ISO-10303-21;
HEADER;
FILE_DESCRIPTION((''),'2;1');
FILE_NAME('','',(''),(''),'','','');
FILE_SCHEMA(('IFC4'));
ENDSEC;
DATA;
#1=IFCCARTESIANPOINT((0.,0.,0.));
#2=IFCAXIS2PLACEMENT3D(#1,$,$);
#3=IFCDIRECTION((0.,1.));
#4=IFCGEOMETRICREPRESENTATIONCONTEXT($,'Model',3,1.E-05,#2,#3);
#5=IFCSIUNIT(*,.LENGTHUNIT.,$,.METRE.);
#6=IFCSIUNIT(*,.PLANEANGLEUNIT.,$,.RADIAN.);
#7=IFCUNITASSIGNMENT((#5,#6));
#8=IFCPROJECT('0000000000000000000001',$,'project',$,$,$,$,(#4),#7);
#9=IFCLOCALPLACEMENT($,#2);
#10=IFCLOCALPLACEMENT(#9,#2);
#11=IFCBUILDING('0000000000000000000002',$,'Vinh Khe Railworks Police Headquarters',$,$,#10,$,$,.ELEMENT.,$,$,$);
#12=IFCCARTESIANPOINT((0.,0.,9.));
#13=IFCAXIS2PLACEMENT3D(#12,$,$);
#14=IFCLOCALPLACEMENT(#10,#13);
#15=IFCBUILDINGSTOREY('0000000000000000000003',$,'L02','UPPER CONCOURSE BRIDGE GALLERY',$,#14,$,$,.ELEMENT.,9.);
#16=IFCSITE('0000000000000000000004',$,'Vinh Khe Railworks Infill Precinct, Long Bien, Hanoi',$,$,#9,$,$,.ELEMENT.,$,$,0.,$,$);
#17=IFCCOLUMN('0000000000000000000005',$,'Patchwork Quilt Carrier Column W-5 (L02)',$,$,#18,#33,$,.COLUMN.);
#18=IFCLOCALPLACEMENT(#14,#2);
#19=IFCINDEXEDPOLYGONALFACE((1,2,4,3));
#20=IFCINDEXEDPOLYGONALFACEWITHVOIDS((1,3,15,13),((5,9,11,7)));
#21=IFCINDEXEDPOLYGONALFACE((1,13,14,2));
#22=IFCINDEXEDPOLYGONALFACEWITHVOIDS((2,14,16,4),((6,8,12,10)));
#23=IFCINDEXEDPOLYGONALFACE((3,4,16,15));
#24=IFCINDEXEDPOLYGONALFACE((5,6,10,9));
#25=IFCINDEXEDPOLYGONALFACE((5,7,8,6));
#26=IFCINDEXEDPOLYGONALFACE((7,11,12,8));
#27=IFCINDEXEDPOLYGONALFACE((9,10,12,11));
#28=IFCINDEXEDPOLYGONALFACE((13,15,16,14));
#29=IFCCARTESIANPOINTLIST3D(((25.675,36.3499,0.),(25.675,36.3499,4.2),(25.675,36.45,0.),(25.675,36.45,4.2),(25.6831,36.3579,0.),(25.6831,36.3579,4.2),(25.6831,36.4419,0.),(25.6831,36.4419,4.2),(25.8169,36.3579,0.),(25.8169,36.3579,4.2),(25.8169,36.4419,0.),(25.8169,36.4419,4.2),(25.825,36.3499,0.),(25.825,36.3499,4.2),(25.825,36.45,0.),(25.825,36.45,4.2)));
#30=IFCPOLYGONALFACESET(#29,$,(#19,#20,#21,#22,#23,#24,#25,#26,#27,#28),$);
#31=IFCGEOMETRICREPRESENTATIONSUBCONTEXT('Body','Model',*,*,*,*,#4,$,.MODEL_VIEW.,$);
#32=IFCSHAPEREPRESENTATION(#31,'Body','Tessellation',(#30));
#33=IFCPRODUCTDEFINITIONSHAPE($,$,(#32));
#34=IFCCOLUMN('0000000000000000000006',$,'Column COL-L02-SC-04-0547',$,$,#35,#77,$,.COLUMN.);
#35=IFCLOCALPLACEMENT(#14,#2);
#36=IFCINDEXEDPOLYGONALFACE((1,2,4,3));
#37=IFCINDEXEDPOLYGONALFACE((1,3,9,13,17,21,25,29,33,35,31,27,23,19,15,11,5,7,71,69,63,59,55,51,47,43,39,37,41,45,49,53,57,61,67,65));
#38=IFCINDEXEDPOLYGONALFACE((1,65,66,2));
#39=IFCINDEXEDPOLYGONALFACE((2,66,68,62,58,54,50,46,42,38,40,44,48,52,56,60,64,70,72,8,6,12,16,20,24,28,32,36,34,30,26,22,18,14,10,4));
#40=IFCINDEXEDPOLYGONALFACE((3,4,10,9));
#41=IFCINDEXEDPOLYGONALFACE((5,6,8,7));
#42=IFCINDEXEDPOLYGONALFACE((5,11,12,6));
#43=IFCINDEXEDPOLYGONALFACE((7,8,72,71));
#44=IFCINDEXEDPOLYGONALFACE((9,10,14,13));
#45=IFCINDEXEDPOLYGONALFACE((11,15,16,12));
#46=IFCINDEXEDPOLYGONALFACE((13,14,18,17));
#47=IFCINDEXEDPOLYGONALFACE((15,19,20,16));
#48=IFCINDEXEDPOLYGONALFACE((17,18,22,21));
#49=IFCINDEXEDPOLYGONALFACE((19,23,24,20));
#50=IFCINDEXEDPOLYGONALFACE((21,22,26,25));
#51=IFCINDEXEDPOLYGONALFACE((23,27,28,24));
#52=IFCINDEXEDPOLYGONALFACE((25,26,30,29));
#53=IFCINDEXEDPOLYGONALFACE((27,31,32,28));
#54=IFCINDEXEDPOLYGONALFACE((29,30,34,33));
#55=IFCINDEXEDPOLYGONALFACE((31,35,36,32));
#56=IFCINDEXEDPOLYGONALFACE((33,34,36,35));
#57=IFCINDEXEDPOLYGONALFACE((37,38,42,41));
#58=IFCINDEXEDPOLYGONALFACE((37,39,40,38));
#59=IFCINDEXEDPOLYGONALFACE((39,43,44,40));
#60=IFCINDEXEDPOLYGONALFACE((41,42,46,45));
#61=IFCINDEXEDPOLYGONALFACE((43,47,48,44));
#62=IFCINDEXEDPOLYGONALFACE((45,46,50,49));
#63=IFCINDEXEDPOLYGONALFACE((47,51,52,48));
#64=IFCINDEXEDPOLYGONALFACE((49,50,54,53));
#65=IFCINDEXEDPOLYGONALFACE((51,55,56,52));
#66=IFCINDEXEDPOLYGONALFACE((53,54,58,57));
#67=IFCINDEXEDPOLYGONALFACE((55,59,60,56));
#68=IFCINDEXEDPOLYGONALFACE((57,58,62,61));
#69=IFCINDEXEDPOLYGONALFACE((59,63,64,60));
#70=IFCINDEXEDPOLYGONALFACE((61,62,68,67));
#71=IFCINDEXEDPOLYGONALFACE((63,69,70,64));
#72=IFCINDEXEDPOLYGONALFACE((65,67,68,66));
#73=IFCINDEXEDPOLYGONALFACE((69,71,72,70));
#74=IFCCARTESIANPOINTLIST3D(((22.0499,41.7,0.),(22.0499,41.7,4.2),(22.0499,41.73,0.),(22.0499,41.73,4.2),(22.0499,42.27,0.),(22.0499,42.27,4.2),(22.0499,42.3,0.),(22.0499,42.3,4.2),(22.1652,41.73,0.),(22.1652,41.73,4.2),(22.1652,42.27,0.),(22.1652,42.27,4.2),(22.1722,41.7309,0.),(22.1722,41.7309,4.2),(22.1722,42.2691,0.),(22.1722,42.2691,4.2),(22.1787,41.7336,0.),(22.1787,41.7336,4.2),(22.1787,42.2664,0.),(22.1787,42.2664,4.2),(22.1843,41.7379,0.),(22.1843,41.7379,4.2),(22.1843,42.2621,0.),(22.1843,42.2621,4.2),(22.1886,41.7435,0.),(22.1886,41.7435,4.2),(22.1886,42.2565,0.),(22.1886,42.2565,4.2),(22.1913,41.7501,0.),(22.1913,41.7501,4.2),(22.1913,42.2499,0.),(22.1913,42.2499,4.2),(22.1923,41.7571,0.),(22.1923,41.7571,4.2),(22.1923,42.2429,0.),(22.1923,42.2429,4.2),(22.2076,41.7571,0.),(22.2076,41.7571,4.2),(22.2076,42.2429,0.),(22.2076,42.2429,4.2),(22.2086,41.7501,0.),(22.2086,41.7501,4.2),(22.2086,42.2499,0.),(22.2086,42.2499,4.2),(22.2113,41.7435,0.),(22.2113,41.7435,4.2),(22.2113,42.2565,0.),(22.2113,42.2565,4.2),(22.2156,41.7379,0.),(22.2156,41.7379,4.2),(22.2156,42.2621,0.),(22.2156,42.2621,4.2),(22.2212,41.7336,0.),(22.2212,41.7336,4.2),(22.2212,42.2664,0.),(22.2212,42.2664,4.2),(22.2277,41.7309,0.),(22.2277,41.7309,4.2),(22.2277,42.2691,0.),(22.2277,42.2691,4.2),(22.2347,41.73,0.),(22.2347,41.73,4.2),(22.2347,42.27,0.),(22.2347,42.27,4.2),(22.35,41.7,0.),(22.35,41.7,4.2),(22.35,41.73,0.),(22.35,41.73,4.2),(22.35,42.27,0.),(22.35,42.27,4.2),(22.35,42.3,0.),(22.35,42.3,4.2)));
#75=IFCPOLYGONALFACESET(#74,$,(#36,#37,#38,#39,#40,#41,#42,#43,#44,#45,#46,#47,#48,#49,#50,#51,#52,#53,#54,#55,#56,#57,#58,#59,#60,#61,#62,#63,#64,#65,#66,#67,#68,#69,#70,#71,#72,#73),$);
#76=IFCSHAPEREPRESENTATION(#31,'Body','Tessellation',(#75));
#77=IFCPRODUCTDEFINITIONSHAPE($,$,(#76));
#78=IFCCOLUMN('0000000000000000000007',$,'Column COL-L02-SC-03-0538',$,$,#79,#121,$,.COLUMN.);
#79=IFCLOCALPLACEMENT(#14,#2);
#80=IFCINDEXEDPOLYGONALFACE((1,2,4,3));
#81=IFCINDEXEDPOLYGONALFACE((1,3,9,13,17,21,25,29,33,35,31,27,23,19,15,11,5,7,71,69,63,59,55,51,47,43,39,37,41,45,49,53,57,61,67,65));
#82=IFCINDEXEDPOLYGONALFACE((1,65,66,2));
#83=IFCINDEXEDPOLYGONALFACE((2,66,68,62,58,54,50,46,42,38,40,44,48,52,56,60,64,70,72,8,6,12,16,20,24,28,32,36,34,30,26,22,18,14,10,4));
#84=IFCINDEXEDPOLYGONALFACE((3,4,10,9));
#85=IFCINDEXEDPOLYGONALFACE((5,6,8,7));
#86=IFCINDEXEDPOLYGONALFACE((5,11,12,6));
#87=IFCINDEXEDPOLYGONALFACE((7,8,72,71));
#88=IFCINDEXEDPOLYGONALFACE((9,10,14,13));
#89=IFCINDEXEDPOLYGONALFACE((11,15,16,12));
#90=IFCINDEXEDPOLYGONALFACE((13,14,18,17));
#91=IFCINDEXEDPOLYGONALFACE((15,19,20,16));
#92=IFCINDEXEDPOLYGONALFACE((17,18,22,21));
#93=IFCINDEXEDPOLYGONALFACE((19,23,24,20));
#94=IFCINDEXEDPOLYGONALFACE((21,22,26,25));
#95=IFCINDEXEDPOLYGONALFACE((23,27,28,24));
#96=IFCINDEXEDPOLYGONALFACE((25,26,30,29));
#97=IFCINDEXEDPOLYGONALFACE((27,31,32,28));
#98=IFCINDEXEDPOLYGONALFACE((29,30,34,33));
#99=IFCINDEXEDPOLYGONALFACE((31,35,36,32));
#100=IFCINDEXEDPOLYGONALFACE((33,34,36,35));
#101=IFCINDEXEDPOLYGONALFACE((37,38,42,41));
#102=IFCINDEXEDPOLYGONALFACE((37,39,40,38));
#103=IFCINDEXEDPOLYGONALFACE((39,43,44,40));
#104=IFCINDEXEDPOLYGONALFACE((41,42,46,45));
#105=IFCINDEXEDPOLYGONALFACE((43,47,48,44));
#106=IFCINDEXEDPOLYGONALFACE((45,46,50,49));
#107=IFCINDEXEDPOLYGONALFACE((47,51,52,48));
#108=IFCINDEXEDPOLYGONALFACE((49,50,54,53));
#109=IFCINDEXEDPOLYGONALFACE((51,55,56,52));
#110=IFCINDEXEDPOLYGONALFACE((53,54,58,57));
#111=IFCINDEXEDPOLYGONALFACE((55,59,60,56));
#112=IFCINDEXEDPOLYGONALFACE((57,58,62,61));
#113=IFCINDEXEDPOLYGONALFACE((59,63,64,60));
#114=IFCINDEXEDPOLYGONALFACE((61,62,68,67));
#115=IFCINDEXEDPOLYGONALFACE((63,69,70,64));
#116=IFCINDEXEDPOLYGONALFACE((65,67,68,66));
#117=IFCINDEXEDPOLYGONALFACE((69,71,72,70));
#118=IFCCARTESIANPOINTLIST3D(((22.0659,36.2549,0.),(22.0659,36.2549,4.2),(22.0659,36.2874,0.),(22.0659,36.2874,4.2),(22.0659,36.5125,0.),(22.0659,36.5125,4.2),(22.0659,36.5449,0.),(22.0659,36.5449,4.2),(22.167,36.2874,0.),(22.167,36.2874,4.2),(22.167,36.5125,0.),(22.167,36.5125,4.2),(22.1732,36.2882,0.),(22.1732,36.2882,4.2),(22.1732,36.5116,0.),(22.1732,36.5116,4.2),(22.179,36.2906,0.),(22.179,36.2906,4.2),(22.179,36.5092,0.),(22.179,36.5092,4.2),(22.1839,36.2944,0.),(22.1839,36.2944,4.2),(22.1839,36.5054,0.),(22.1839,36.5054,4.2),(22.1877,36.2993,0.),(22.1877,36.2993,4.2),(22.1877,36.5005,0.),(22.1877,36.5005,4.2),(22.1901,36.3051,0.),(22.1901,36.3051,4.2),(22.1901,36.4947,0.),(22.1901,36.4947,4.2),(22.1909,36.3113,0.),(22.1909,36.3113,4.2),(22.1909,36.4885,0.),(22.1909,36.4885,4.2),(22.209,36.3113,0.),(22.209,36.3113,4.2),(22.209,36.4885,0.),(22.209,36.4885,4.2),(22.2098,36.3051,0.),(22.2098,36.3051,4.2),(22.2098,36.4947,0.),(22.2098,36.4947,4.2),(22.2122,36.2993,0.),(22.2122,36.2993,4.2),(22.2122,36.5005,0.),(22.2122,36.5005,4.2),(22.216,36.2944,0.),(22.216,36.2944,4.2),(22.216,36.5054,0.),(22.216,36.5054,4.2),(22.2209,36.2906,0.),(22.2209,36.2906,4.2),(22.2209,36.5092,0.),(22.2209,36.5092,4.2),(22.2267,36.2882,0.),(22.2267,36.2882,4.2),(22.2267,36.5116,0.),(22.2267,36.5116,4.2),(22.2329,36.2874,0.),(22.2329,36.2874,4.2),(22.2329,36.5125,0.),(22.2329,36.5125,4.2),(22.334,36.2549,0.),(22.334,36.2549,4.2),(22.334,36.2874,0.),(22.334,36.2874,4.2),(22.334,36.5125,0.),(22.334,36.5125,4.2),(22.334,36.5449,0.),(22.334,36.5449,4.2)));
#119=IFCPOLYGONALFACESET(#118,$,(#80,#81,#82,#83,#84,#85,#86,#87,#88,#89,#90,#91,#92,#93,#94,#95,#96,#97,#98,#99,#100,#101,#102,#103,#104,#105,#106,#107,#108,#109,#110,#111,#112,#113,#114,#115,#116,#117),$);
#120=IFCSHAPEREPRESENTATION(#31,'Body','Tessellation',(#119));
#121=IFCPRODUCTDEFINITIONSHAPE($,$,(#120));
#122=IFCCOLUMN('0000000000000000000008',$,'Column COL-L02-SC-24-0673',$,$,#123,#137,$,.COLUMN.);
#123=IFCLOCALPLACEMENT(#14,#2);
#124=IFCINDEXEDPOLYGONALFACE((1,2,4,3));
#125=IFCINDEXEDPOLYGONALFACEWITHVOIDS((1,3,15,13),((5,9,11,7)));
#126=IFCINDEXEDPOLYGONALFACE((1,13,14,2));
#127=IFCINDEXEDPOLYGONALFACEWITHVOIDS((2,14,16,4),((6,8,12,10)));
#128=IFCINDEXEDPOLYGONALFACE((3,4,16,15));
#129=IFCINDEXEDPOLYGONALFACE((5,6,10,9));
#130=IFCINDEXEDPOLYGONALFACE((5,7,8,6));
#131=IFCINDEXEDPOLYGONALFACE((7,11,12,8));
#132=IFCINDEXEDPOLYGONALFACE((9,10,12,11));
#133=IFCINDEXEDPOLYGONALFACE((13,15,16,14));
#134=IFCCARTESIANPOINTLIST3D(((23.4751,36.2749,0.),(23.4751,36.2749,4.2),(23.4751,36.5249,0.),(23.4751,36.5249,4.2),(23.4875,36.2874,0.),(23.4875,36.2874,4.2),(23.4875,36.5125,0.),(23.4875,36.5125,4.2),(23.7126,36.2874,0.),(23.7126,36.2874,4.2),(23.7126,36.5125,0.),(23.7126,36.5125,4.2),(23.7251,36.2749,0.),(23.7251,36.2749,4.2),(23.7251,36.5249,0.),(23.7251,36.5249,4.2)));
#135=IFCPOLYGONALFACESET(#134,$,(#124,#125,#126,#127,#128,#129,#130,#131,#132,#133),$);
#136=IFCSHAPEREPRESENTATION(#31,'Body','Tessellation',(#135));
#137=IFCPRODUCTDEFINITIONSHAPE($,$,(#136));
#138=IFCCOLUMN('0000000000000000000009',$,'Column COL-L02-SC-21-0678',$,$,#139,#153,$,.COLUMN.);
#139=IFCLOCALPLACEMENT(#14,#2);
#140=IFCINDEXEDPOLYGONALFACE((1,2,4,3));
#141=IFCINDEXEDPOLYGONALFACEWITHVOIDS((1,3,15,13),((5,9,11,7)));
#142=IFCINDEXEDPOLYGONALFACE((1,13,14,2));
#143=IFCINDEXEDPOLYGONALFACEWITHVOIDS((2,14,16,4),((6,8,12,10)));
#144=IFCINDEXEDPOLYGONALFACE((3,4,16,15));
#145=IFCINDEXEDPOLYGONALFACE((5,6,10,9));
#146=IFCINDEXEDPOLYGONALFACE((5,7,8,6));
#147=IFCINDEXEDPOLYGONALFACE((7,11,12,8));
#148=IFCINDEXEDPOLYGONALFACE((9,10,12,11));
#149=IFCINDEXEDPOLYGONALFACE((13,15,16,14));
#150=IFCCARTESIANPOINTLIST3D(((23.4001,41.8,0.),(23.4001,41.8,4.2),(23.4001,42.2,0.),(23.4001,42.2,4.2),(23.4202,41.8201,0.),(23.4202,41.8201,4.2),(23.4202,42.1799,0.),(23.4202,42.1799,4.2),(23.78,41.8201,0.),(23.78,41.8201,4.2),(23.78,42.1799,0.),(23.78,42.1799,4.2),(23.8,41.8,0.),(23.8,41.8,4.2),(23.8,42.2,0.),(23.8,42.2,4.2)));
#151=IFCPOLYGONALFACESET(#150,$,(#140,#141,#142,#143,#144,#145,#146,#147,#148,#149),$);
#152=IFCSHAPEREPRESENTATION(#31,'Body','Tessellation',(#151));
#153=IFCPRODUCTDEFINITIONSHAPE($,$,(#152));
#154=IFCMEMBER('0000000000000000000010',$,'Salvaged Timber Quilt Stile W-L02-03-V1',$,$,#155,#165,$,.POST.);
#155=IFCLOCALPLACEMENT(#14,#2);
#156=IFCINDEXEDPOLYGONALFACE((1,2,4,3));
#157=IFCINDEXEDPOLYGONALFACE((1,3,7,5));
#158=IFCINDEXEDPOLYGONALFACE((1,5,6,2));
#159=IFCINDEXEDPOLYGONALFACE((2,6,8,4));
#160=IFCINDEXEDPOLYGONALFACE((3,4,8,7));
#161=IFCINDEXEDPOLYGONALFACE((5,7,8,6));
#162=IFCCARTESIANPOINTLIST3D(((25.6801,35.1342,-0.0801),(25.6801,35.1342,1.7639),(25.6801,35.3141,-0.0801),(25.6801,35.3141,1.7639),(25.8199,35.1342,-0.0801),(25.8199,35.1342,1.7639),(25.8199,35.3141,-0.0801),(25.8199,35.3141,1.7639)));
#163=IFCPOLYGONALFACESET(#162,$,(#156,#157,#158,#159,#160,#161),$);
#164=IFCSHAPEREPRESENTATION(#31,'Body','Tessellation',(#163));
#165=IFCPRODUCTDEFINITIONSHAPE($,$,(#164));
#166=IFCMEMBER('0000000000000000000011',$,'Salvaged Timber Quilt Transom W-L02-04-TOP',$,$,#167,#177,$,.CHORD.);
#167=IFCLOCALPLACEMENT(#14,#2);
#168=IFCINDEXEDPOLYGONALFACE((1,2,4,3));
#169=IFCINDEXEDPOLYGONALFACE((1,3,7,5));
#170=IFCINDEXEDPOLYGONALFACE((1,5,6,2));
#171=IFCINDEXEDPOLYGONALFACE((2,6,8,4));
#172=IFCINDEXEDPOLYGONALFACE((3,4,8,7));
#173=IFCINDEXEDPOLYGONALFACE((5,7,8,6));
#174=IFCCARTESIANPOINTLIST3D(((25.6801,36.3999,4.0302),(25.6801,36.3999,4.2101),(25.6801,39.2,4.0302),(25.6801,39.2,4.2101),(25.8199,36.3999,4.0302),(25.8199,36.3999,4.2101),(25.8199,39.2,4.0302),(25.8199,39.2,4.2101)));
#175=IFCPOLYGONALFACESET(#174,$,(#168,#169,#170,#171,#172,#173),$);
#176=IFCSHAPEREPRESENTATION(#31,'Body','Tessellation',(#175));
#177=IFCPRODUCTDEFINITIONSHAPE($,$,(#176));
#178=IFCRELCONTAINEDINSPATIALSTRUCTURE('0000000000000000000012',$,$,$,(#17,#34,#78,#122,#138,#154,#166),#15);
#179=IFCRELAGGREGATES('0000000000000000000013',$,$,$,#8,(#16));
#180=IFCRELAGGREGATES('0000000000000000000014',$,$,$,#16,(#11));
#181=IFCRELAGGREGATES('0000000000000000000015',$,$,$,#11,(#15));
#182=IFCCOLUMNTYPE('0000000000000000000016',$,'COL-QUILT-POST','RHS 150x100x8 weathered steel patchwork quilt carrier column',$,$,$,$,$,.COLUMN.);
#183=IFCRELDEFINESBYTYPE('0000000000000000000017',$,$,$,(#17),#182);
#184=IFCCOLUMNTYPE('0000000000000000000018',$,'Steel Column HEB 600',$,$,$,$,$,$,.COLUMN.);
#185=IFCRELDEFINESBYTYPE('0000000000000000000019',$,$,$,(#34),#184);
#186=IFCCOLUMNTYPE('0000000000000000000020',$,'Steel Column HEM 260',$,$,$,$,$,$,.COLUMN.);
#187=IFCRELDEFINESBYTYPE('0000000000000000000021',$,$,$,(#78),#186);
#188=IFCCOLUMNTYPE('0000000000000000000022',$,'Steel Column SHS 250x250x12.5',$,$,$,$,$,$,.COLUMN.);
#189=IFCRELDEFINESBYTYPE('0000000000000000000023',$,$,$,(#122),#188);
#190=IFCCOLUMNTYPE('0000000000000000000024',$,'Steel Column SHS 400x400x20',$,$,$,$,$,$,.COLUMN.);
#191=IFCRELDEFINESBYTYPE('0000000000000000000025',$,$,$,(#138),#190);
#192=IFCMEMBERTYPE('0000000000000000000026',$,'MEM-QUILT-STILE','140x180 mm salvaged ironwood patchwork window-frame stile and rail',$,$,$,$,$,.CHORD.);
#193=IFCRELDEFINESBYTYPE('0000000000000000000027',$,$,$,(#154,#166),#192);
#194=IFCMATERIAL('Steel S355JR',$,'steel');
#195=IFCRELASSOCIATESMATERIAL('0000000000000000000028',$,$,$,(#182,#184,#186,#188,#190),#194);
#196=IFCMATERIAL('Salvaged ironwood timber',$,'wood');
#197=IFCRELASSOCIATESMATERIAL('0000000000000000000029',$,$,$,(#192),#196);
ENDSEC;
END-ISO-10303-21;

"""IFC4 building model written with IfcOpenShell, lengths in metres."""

from ifc_helpers import new_model, si_unit, direction, frame, origin, origin_2d, place, context, subcontext, project, spatial, rectangle, hollow_rectangle, i_section, extrude, material, material_profile, profile_set, type_object, element, save


model = new_model("IFC4")

# Units and contexts
model_context = context("Model", 3, precision=1e-05, world=origin(), true_north=direction((0.0, 1.0)))
body_context = subcontext(model_context, "Body", "Model", "MODEL_VIEW")
ifc_project = project(units=[si_unit("LENGTHUNIT", "METRE"), si_unit("PLANEANGLEUNIT", "RADIAN")], contexts=[model_context])

# Site, building, storey
site_placement = place(None, origin())
site = spatial("IfcSite", under=ifc_project, at=site_placement, Name="Vinh Khe Railworks Infill Precinct, Long Bien, Hanoi", CompositionType="ELEMENT", RefElevation=0.0)
building_placement = place(site_placement, origin())
building = spatial("IfcBuilding", under=site, at=building_placement, Name="Vinh Khe Railworks Police Headquarters", CompositionType="ELEMENT")
storey_placement = place(building_placement, frame((0.0, 0.0, 9.0)))
storey = spatial("IfcBuildingStorey", under=building, at=storey_placement, Name="L02", Description="UPPER CONCOURSE BRIDGE GALLERY", CompositionType="ELEMENT", Elevation=9.0)

# Columns
ifc_material_1 = material(Name="Steel S355JR", Category="steel")
ifc_material_profile_1 = material_profile(ifc_material_1, hollow_rectangle(XDim=0.1499, YDim=0.1001, WallThickness=0.0081, at=origin_2d()), Name="RHS 150x100x8")
ifc_profile_set_1 = profile_set([ifc_material_profile_1], Name="Steel S355JR")
column_type_1 = type_object("IfcColumnType", Name="COL-QUILT-POST", Description="RHS 150x100x8 weathered steel patchwork quilt carrier column", PredefinedType="COLUMN", material=ifc_profile_set_1)
column_1_placement = place(storey_placement, frame((25.75, 36.3999, 0.0), z_axis=(0.0, 0.0, 1.0), x_axis=(1.0, 0.0, 0.0)))
element("IfcColumn", 1, at=column_1_placement, inside=storey, type_object=column_type_1, Name="Patchwork Quilt Carrier Column W-5 (L02)", PredefinedType="COLUMN", context=body_context, shape_type="SweptSolid", body=[
    extrude(hollow_rectangle(XDim=0.1499, YDim=0.1001, WallThickness=0.0081, at=origin_2d()), origin(), (0.0, 0.0, 1.0), 4.2),
])
ifc_material_profile_2 = material_profile(ifc_material_1, i_section(OverallWidth=0.3, OverallDepth=0.6001, WebThickness=0.0154, FlangeThickness=0.03, FilletRadius=0.0271, at=origin_2d()), Name="HEB 600")
ifc_profile_set_2 = profile_set([ifc_material_profile_2], Name="Steel S355JR")
column_type_2 = type_object("IfcColumnType", Name="Steel Column HEB 600", PredefinedType="COLUMN", material=ifc_profile_set_2)
column_2_placement = place(storey_placement, frame((22.2, 42.0, 0.0), z_axis=(0.0, 0.0, 1.0), x_axis=(1.0, 0.0, 0.0)))
element("IfcColumn", 2, at=column_2_placement, inside=storey, type_object=column_type_2, Name="Column COL-L02-SC-04-0547", PredefinedType="COLUMN", context=body_context, shape_type="SweptSolid", body=[
    extrude(i_section(OverallWidth=0.3, OverallDepth=0.6001, WebThickness=0.0154, FlangeThickness=0.03, FilletRadius=0.0271, at=origin_2d()), origin(), (0.0, 0.0, 1.0), 4.2),
])
ifc_material_profile_3 = material_profile(ifc_material_1, i_section(OverallWidth=0.2681, OverallDepth=0.29, WebThickness=0.0181, FlangeThickness=0.0325, FilletRadius=0.0239, at=origin_2d()), Name="HEM 260")
ifc_profile_set_3 = profile_set([ifc_material_profile_3], Name="Steel S355JR")
column_type_3 = type_object("IfcColumnType", Name="Steel Column HEM 260", PredefinedType="COLUMN", material=ifc_profile_set_3)
column_3_placement = place(storey_placement, frame((22.2, 36.3999, 0.0), z_axis=(0.0, 0.0, 1.0), x_axis=(1.0, 0.0, 0.0)))
element("IfcColumn", 3, at=column_3_placement, inside=storey, type_object=column_type_3, Name="Column COL-L02-SC-03-0538", PredefinedType="COLUMN", context=body_context, shape_type="SweptSolid", body=[
    extrude(i_section(OverallWidth=0.2681, OverallDepth=0.29, WebThickness=0.0181, FlangeThickness=0.0325, FilletRadius=0.0239, at=origin_2d()), origin(), (0.0, 0.0, 1.0), 4.2),
])
ifc_material_profile_4 = material_profile(ifc_material_1, hollow_rectangle(XDim=0.25, YDim=0.25, WallThickness=0.0125, at=origin_2d()), Name="SHS 250x250x12.5")
ifc_profile_set_4 = profile_set([ifc_material_profile_4], Name="Steel S355JR")
column_type_4 = type_object("IfcColumnType", Name="Steel Column SHS 250x250x12.5", PredefinedType="COLUMN", material=ifc_profile_set_4)
column_4_placement = place(storey_placement, frame((23.6001, 36.3999, 0.0), z_axis=(0.0, 0.0, 1.0), x_axis=(1.0, 0.0, 0.0)))
element("IfcColumn", 4, at=column_4_placement, inside=storey, type_object=column_type_4, Name="Column COL-L02-SC-24-0673", PredefinedType="COLUMN", context=body_context, shape_type="SweptSolid", body=[
    extrude(hollow_rectangle(XDim=0.25, YDim=0.25, WallThickness=0.0125, at=origin_2d()), origin(), (0.0, 0.0, 1.0), 4.2),
])
ifc_material_profile_5 = material_profile(ifc_material_1, hollow_rectangle(XDim=0.3999, YDim=0.3999, WallThickness=0.02, at=origin_2d()), Name="SHS 400x400x20")
ifc_profile_set_5 = profile_set([ifc_material_profile_5], Name="Steel S355JR")
column_type_5 = type_object("IfcColumnType", Name="Steel Column SHS 400x400x20", PredefinedType="COLUMN", material=ifc_profile_set_5)
column_5_placement = place(storey_placement, frame((23.6001, 42.0, 0.0), z_axis=(0.0, 0.0, 1.0), x_axis=(1.0, 0.0, 0.0)))
element("IfcColumn", 5, at=column_5_placement, inside=storey, type_object=column_type_5, Name="Column COL-L02-SC-21-0678", PredefinedType="COLUMN", context=body_context, shape_type="SweptSolid", body=[
    extrude(hollow_rectangle(XDim=0.3999, YDim=0.3999, WallThickness=0.02, at=origin_2d()), origin(), (0.0, 0.0, 1.0), 4.2),
])

# Members
ifc_material_2 = material(Name="Salvaged ironwood timber", Category="wood")
ifc_material_profile_6 = material_profile(ifc_material_2, rectangle(XDim=0.1399, YDim=0.1799, at=origin_2d()), Name="TIMBER 140x180")
ifc_profile_set_6 = profile_set([ifc_material_profile_6], Name="Salvaged ironwood timber")
member_type = type_object("IfcMemberType", Name="MEM-QUILT-STILE", Description="140x180 mm salvaged ironwood patchwork window-frame stile and rail", PredefinedType="CHORD", material=ifc_profile_set_6)
member_1_placement = place(storey_placement, frame((25.75, 35.2241, -0.0801), z_axis=(0.0, 0.0, 1.0), x_axis=(1.0, 0.0, 0.0)))
element("IfcMember", 6, at=member_1_placement, inside=storey, type_object=member_type, Name="Salvaged Timber Quilt Stile W-L02-03-V1", PredefinedType="POST", context=body_context, shape_type="SweptSolid", body=[
    extrude(rectangle(XDim=0.1399, YDim=0.1799, at=origin_2d()), origin(), (0.0, 0.0, 1.0), 1.844),
])
member_2_placement = place(storey_placement, frame((25.75, 36.3999, 4.1201), z_axis=(0.0, 1.0, 0.0), x_axis=(-1.0, 0.0, 0.0)))
element("IfcMember", 7, at=member_2_placement, inside=storey, type_object=member_type, Name="Salvaged Timber Quilt Transom W-L02-04-TOP", PredefinedType="CHORD", context=body_context, shape_type="SweptSolid", body=[
    extrude(rectangle(XDim=0.1399, YDim=0.1799, at=origin_2d()), origin(), (0.0, 0.0, 1.0), 2.8),
])

save(model, "model.ifc")
